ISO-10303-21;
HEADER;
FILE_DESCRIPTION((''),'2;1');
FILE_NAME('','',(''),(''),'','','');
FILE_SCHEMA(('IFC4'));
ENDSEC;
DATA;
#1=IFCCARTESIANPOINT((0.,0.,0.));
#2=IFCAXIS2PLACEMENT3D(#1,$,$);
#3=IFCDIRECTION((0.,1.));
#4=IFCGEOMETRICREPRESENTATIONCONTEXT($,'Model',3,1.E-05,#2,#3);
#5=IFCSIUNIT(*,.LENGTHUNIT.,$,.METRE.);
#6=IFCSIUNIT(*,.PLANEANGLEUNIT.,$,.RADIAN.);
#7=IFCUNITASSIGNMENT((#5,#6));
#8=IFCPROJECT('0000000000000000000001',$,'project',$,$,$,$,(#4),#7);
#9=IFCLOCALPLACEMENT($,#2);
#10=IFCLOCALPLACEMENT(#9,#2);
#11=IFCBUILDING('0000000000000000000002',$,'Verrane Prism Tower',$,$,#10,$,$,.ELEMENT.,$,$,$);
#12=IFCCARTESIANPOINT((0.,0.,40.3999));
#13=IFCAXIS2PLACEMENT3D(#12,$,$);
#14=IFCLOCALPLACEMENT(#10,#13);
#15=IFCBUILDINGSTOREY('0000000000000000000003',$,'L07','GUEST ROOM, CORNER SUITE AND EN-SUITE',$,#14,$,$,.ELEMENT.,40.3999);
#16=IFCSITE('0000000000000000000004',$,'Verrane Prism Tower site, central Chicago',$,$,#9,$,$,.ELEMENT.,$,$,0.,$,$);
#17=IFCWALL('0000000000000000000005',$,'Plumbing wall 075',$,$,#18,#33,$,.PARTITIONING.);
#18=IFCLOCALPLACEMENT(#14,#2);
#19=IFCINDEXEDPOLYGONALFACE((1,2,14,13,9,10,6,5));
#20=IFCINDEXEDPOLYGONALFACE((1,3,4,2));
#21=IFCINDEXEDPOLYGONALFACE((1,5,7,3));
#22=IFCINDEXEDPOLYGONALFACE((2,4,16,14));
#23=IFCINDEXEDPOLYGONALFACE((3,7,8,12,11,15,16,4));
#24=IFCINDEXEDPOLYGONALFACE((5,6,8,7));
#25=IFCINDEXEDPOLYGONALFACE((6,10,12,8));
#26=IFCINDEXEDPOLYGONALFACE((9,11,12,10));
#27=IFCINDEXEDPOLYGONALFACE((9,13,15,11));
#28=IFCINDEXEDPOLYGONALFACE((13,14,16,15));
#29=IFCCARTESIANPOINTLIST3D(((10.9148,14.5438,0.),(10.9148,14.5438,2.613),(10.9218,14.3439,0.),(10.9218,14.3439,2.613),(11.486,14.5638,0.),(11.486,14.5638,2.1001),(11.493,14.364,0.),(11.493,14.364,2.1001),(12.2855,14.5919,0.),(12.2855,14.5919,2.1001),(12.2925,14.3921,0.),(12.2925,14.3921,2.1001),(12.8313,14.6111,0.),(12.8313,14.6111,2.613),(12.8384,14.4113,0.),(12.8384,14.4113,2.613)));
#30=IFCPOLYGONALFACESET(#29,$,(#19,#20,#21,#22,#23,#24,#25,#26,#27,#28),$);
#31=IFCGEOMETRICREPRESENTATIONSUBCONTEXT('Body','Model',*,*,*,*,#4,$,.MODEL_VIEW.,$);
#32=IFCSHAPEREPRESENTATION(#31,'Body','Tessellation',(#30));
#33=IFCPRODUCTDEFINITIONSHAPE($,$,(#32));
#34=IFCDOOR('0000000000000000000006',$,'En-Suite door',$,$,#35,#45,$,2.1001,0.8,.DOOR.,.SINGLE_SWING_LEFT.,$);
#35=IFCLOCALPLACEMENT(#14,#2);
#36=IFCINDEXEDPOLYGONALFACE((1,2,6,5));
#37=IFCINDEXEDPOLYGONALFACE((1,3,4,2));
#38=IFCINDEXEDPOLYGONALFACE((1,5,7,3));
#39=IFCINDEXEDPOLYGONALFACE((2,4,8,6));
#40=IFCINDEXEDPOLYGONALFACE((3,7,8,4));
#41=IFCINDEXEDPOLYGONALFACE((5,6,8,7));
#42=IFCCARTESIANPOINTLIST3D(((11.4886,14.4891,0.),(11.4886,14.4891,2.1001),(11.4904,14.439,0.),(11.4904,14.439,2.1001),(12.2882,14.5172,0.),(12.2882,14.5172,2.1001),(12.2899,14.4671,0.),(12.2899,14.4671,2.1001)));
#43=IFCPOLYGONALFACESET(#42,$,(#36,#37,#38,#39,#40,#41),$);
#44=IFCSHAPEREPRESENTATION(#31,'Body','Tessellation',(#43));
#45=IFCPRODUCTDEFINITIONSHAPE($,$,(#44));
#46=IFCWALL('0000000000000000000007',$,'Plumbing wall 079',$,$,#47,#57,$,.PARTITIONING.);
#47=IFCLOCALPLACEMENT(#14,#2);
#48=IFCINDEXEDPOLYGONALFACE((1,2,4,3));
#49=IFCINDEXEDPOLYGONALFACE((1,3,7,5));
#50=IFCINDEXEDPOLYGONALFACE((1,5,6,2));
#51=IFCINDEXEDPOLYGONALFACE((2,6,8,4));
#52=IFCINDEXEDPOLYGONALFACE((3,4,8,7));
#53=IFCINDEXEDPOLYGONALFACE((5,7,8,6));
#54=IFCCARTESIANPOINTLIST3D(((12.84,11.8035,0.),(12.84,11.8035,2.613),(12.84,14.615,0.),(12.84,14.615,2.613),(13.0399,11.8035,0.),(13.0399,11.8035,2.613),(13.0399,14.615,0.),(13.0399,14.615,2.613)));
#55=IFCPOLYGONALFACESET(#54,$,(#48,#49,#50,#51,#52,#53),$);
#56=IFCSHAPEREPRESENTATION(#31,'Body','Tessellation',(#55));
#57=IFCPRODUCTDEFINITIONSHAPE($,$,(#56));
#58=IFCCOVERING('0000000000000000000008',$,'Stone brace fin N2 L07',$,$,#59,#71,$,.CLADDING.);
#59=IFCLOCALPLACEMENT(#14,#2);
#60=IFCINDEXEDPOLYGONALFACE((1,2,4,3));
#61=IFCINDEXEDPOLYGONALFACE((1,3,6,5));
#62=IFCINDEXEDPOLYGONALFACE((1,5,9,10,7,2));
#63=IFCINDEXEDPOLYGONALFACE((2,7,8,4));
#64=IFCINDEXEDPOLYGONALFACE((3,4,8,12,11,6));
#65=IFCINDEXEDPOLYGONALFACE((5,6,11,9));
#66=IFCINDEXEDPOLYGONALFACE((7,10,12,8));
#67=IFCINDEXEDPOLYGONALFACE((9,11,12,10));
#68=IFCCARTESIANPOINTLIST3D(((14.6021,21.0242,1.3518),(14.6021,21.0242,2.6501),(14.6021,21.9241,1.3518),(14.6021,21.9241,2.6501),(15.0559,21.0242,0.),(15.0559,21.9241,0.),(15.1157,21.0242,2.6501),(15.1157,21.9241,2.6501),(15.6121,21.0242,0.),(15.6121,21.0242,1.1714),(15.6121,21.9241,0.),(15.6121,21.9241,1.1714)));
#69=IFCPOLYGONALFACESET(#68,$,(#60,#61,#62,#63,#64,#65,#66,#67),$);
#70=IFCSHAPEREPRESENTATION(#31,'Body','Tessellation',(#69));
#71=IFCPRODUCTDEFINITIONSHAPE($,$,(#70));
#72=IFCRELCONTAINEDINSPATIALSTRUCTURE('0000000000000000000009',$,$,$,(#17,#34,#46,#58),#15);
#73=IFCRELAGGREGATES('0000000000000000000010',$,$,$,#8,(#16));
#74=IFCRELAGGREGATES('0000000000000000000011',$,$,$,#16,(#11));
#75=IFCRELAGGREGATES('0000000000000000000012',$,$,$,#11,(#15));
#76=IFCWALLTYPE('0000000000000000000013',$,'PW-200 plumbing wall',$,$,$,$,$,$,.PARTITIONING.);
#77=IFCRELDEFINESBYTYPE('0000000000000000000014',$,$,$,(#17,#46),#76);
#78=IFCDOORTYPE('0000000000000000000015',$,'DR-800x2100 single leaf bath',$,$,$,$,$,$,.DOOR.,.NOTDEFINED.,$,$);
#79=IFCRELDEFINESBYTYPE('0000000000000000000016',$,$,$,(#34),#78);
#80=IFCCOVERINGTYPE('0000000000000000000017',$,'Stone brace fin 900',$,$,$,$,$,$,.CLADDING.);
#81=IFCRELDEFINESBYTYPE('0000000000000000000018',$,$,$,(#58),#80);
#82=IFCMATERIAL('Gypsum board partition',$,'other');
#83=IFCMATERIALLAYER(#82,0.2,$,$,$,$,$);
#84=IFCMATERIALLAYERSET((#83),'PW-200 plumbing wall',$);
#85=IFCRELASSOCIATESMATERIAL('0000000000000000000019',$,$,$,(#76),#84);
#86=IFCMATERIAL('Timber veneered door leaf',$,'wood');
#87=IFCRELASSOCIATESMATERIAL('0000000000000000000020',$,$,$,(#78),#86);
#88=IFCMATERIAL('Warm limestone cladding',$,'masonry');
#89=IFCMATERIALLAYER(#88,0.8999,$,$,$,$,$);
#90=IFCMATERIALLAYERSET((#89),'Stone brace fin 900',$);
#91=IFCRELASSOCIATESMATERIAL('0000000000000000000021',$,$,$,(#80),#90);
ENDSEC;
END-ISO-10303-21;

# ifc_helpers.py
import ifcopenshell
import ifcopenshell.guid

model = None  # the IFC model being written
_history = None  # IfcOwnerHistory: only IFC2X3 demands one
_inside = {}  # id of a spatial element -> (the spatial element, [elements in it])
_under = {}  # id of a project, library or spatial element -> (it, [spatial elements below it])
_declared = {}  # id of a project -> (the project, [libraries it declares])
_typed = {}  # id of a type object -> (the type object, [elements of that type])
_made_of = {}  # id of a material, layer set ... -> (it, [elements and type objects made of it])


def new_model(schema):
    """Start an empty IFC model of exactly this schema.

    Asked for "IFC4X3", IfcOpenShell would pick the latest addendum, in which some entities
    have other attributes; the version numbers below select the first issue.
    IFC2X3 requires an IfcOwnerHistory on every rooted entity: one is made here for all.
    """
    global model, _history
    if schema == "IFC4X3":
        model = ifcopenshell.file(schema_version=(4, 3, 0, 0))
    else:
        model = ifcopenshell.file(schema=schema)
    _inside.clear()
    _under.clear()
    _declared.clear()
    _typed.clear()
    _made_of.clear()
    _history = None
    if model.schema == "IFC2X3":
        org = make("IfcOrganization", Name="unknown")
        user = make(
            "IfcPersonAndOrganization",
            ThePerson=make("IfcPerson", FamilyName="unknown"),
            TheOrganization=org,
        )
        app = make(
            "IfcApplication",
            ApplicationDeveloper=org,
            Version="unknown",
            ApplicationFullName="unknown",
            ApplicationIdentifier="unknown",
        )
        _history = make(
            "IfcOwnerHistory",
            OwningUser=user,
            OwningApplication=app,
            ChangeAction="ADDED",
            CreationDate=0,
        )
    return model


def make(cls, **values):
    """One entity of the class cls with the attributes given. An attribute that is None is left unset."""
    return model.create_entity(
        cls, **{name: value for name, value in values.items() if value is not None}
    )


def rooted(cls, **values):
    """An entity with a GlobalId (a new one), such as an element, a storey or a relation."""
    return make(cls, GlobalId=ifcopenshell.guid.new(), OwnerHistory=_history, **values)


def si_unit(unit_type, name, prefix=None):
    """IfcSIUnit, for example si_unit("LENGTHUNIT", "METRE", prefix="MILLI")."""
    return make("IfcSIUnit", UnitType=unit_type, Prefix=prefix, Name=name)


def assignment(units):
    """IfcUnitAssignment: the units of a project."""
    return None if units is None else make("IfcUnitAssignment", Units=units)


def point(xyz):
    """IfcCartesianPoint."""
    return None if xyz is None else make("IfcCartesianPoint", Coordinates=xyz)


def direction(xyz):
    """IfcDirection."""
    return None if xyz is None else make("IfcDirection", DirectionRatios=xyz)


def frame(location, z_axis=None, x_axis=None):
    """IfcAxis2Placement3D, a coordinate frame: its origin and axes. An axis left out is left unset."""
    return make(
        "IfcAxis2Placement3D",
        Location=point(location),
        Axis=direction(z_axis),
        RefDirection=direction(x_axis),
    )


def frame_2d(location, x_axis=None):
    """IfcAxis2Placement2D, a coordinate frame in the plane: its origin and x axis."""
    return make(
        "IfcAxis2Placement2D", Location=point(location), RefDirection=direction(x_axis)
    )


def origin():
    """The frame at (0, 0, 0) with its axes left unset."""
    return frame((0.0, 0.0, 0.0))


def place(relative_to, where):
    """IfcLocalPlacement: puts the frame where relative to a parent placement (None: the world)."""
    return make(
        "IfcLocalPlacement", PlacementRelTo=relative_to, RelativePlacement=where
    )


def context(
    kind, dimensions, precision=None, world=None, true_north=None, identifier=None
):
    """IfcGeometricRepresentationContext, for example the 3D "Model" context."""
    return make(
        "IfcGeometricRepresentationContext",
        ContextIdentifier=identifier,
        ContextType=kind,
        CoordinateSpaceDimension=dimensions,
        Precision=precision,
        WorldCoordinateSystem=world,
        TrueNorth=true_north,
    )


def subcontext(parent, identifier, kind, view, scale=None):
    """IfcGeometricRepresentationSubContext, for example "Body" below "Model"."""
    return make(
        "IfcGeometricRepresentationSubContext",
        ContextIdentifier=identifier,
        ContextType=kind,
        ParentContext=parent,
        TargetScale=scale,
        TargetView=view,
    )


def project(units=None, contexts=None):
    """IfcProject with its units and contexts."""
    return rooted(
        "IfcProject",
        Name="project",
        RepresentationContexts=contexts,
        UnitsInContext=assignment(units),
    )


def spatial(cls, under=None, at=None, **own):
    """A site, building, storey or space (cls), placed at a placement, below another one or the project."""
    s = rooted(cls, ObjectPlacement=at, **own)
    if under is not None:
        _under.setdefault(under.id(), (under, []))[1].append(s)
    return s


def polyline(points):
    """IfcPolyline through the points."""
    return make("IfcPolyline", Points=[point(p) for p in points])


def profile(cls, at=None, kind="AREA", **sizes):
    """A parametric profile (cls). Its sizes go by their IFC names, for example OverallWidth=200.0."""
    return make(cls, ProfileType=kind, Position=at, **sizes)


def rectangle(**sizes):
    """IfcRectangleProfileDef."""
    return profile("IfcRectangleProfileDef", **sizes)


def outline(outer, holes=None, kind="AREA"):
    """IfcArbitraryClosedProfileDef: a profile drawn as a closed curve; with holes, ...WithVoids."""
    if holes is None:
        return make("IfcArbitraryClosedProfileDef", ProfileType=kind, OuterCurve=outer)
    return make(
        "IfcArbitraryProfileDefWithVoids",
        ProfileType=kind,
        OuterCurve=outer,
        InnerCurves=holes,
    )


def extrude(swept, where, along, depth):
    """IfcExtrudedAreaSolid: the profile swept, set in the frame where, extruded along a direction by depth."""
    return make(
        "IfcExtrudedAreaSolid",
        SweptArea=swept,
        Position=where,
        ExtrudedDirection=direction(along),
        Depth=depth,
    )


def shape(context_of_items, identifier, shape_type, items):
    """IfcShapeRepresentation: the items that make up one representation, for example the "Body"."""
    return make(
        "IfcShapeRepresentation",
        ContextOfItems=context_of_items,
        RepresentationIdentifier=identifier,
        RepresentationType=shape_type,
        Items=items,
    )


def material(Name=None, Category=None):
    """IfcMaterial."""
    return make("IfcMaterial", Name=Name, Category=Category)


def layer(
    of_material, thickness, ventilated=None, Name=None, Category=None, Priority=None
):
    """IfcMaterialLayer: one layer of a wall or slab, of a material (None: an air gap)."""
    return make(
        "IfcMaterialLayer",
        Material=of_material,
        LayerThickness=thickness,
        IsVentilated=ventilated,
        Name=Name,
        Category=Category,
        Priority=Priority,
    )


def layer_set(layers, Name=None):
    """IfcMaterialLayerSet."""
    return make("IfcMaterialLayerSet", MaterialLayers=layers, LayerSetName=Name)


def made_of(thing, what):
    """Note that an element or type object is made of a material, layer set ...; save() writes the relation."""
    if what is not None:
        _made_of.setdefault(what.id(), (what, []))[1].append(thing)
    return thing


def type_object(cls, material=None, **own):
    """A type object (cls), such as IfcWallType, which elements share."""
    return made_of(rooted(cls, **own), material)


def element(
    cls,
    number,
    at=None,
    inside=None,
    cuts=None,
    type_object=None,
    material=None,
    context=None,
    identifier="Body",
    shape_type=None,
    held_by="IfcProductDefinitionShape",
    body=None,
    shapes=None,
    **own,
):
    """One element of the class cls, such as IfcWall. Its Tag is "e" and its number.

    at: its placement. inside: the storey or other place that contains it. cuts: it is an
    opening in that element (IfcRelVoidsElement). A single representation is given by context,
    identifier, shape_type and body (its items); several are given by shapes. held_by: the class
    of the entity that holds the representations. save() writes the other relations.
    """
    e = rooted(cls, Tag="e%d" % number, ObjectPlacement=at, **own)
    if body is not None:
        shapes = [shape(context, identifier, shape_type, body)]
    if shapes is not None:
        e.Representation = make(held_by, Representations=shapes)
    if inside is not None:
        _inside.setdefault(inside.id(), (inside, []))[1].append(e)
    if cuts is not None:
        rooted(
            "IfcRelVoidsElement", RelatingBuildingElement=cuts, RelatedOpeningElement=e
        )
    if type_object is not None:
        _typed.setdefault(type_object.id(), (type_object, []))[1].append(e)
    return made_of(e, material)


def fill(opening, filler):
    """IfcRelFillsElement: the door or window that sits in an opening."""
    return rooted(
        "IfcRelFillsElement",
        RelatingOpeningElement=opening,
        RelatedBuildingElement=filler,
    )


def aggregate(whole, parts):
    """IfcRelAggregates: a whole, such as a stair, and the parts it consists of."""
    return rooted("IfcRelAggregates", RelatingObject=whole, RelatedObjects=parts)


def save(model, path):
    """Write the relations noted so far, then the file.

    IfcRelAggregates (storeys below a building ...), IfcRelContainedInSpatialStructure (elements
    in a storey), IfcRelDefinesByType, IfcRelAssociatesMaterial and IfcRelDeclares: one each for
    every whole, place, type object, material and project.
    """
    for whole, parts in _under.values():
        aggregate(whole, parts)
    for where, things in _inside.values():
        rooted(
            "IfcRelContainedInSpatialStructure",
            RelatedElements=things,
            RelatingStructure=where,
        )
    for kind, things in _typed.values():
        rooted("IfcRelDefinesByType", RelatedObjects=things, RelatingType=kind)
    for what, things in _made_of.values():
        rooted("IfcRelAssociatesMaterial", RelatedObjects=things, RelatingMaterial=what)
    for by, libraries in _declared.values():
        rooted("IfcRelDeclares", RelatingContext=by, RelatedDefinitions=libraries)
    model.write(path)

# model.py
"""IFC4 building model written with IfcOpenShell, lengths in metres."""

from ifc_helpers import new_model, si_unit, direction, frame, frame_2d, origin, place, context, subcontext, project, spatial, polyline, rectangle, outline, extrude, material, layer, layer_set, type_object, element, fill, save


model = new_model("IFC4")

# Units and contexts
model_context = context("Model", 3, precision=1e-05, world=origin(), true_north=direction((0.0, 1.0)))
body_context = subcontext(model_context, "Body", "Model", "MODEL_VIEW")
ifc_project = project(units=[si_unit("LENGTHUNIT", "METRE"), si_unit("PLANEANGLEUNIT", "RADIAN")], contexts=[model_context])

# Site, building, storey
site_placement = place(None, origin())
site = spatial("IfcSite", under=ifc_project, at=site_placement, Name="Verrane Prism Tower site, central Chicago", CompositionType="ELEMENT", RefElevation=0.0)
building_placement = place(site_placement, origin())
building = spatial("IfcBuilding", under=site, at=building_placement, Name="Verrane Prism Tower", CompositionType="ELEMENT")
storey_placement = place(building_placement, frame((0.0, 0.0, 40.3999)))
storey = spatial("IfcBuildingStorey", under=building, at=storey_placement, Name="L07", Description="GUEST ROOM, CORNER SUITE AND EN-SUITE", CompositionType="ELEMENT", Elevation=40.3999)

# Shared definitions
ifc_material_1 = material(Name="Gypsum board partition", Category="other")
ifc_layer_1 = layer(ifc_material_1, 0.2)
ifc_layer_set_1 = layer_set([ifc_layer_1], Name="PW-200 plumbing wall")
wall_type_1 = type_object("IfcWallType", Name="PW-200 plumbing wall", PredefinedType="PARTITIONING", material=ifc_layer_set_1)

# Wall, opening, door
ifc_material_2 = material(Name="Timber veneered door leaf", Category="wood")
door_type_1 = type_object("IfcDoorType", Name="DR-800x2100 single leaf bath", OperationType="NOTDEFINED", PredefinedType="DOOR", material=ifc_material_2)
wall_1_placement = place(storey_placement, frame((12.835, 14.5112, 0.0), z_axis=(0.0, 0.0, 1.0), x_axis=(-0.999382, -0.035138, 0.0)))
wall_1 = element("IfcWall", 1, at=wall_1_placement, inside=storey, type_object=wall_type_1, Name="Plumbing wall 075", PredefinedType="PARTITIONING", context=body_context, shape_type="SweptSolid", body=[
    extrude(rectangle(XDim=1.9177, YDim=0.2, at=frame_2d((0.959, 0.0))), origin(), (0.0, 0.0, 1.0), 2.613),
])
opening_1_placement = place(wall_1_placement, frame((0.5464, 0.0, 0.0)))
opening_1 = element("IfcOpeningElement", 2, at=opening_1_placement, cuts=wall_1, PredefinedType="OPENING", context=body_context, shape_type="SweptSolid", body=[
    extrude(rectangle(XDim=0.8, YDim=2.1001, at=frame_2d((0.3999, 1.05))), frame((0.0, 0.1099, 0.0), z_axis=(0.0, -1.0, 0.0), x_axis=(1.0, 0.0, 0.0)), (0.0, 0.0, 1.0), 0.22),
])
door_1_placement = place(opening_1_placement, origin())
door_1 = element("IfcDoor", 3, at=door_1_placement, inside=storey, type_object=door_type_1, Name="En-Suite door", OperationType="SINGLE_SWING_LEFT", OverallHeight=2.1001, OverallWidth=0.8, PredefinedType="DOOR", context=body_context, shape_type="SweptSolid", body=[
    extrude(rectangle(XDim=0.8, YDim=2.1001, at=frame_2d((0.3999, 1.05))), frame((0.0, 0.0249, 0.0), z_axis=(0.0, -1.0, 0.0), x_axis=(1.0, 0.0, 0.0)), (0.0, 0.0, 1.0), 0.05),
])
fill(opening_1, door_1)

# Wall
wall_2_placement = place(storey_placement, frame((12.9399, 11.8035, 0.0), z_axis=(0.0, 0.0, 1.0), x_axis=(0.0, 1.0, 0.0)))
element("IfcWall", 4, at=wall_2_placement, inside=storey, type_object=wall_type_1, Name="Plumbing wall 079", PredefinedType="PARTITIONING", context=body_context, shape_type="SweptSolid", body=[
    extrude(rectangle(XDim=2.8115, YDim=0.2, at=frame_2d((1.4058, 0.0))), origin(), (0.0, 0.0, 1.0), 2.613),
])

# Covering
ifc_material_3 = material(Name="Warm limestone cladding", Category="masonry")
ifc_layer_2 = layer(ifc_material_3, 0.8999)
ifc_layer_set_2 = layer_set([ifc_layer_2], Name="Stone brace fin 900")
covering_type = type_object("IfcCoveringType", Name="Stone brace fin 900", PredefinedType="CLADDING", material=ifc_layer_set_2)
covering_placement = place(storey_placement, frame((15.6121, 21.4741, 0.0), z_axis=(0.0, 0.0, 1.0), x_axis=(-1.0, 0.0, 0.0)))
element("IfcCovering", 5, at=covering_placement, inside=storey, type_object=covering_type, Name="Stone brace fin N2 L07", PredefinedType="CLADDING", context=body_context, shape_type="SweptSolid", body=[
    extrude(outline(polyline([(1.01, 2.6501), (0.4963, 2.6501), (0.0, 1.1714), (0.0, 0.0), (0.5562, 0.0), (1.01, 1.3518), (1.01, 2.6501)])), frame((0.0, 0.45, 0.0), z_axis=(0.0, -1.0, 0.0), x_axis=(1.0, 0.0, 0.0)), (0.0, 0.0, 1.0), 0.8999),
])

save(model, "model.ifc")
